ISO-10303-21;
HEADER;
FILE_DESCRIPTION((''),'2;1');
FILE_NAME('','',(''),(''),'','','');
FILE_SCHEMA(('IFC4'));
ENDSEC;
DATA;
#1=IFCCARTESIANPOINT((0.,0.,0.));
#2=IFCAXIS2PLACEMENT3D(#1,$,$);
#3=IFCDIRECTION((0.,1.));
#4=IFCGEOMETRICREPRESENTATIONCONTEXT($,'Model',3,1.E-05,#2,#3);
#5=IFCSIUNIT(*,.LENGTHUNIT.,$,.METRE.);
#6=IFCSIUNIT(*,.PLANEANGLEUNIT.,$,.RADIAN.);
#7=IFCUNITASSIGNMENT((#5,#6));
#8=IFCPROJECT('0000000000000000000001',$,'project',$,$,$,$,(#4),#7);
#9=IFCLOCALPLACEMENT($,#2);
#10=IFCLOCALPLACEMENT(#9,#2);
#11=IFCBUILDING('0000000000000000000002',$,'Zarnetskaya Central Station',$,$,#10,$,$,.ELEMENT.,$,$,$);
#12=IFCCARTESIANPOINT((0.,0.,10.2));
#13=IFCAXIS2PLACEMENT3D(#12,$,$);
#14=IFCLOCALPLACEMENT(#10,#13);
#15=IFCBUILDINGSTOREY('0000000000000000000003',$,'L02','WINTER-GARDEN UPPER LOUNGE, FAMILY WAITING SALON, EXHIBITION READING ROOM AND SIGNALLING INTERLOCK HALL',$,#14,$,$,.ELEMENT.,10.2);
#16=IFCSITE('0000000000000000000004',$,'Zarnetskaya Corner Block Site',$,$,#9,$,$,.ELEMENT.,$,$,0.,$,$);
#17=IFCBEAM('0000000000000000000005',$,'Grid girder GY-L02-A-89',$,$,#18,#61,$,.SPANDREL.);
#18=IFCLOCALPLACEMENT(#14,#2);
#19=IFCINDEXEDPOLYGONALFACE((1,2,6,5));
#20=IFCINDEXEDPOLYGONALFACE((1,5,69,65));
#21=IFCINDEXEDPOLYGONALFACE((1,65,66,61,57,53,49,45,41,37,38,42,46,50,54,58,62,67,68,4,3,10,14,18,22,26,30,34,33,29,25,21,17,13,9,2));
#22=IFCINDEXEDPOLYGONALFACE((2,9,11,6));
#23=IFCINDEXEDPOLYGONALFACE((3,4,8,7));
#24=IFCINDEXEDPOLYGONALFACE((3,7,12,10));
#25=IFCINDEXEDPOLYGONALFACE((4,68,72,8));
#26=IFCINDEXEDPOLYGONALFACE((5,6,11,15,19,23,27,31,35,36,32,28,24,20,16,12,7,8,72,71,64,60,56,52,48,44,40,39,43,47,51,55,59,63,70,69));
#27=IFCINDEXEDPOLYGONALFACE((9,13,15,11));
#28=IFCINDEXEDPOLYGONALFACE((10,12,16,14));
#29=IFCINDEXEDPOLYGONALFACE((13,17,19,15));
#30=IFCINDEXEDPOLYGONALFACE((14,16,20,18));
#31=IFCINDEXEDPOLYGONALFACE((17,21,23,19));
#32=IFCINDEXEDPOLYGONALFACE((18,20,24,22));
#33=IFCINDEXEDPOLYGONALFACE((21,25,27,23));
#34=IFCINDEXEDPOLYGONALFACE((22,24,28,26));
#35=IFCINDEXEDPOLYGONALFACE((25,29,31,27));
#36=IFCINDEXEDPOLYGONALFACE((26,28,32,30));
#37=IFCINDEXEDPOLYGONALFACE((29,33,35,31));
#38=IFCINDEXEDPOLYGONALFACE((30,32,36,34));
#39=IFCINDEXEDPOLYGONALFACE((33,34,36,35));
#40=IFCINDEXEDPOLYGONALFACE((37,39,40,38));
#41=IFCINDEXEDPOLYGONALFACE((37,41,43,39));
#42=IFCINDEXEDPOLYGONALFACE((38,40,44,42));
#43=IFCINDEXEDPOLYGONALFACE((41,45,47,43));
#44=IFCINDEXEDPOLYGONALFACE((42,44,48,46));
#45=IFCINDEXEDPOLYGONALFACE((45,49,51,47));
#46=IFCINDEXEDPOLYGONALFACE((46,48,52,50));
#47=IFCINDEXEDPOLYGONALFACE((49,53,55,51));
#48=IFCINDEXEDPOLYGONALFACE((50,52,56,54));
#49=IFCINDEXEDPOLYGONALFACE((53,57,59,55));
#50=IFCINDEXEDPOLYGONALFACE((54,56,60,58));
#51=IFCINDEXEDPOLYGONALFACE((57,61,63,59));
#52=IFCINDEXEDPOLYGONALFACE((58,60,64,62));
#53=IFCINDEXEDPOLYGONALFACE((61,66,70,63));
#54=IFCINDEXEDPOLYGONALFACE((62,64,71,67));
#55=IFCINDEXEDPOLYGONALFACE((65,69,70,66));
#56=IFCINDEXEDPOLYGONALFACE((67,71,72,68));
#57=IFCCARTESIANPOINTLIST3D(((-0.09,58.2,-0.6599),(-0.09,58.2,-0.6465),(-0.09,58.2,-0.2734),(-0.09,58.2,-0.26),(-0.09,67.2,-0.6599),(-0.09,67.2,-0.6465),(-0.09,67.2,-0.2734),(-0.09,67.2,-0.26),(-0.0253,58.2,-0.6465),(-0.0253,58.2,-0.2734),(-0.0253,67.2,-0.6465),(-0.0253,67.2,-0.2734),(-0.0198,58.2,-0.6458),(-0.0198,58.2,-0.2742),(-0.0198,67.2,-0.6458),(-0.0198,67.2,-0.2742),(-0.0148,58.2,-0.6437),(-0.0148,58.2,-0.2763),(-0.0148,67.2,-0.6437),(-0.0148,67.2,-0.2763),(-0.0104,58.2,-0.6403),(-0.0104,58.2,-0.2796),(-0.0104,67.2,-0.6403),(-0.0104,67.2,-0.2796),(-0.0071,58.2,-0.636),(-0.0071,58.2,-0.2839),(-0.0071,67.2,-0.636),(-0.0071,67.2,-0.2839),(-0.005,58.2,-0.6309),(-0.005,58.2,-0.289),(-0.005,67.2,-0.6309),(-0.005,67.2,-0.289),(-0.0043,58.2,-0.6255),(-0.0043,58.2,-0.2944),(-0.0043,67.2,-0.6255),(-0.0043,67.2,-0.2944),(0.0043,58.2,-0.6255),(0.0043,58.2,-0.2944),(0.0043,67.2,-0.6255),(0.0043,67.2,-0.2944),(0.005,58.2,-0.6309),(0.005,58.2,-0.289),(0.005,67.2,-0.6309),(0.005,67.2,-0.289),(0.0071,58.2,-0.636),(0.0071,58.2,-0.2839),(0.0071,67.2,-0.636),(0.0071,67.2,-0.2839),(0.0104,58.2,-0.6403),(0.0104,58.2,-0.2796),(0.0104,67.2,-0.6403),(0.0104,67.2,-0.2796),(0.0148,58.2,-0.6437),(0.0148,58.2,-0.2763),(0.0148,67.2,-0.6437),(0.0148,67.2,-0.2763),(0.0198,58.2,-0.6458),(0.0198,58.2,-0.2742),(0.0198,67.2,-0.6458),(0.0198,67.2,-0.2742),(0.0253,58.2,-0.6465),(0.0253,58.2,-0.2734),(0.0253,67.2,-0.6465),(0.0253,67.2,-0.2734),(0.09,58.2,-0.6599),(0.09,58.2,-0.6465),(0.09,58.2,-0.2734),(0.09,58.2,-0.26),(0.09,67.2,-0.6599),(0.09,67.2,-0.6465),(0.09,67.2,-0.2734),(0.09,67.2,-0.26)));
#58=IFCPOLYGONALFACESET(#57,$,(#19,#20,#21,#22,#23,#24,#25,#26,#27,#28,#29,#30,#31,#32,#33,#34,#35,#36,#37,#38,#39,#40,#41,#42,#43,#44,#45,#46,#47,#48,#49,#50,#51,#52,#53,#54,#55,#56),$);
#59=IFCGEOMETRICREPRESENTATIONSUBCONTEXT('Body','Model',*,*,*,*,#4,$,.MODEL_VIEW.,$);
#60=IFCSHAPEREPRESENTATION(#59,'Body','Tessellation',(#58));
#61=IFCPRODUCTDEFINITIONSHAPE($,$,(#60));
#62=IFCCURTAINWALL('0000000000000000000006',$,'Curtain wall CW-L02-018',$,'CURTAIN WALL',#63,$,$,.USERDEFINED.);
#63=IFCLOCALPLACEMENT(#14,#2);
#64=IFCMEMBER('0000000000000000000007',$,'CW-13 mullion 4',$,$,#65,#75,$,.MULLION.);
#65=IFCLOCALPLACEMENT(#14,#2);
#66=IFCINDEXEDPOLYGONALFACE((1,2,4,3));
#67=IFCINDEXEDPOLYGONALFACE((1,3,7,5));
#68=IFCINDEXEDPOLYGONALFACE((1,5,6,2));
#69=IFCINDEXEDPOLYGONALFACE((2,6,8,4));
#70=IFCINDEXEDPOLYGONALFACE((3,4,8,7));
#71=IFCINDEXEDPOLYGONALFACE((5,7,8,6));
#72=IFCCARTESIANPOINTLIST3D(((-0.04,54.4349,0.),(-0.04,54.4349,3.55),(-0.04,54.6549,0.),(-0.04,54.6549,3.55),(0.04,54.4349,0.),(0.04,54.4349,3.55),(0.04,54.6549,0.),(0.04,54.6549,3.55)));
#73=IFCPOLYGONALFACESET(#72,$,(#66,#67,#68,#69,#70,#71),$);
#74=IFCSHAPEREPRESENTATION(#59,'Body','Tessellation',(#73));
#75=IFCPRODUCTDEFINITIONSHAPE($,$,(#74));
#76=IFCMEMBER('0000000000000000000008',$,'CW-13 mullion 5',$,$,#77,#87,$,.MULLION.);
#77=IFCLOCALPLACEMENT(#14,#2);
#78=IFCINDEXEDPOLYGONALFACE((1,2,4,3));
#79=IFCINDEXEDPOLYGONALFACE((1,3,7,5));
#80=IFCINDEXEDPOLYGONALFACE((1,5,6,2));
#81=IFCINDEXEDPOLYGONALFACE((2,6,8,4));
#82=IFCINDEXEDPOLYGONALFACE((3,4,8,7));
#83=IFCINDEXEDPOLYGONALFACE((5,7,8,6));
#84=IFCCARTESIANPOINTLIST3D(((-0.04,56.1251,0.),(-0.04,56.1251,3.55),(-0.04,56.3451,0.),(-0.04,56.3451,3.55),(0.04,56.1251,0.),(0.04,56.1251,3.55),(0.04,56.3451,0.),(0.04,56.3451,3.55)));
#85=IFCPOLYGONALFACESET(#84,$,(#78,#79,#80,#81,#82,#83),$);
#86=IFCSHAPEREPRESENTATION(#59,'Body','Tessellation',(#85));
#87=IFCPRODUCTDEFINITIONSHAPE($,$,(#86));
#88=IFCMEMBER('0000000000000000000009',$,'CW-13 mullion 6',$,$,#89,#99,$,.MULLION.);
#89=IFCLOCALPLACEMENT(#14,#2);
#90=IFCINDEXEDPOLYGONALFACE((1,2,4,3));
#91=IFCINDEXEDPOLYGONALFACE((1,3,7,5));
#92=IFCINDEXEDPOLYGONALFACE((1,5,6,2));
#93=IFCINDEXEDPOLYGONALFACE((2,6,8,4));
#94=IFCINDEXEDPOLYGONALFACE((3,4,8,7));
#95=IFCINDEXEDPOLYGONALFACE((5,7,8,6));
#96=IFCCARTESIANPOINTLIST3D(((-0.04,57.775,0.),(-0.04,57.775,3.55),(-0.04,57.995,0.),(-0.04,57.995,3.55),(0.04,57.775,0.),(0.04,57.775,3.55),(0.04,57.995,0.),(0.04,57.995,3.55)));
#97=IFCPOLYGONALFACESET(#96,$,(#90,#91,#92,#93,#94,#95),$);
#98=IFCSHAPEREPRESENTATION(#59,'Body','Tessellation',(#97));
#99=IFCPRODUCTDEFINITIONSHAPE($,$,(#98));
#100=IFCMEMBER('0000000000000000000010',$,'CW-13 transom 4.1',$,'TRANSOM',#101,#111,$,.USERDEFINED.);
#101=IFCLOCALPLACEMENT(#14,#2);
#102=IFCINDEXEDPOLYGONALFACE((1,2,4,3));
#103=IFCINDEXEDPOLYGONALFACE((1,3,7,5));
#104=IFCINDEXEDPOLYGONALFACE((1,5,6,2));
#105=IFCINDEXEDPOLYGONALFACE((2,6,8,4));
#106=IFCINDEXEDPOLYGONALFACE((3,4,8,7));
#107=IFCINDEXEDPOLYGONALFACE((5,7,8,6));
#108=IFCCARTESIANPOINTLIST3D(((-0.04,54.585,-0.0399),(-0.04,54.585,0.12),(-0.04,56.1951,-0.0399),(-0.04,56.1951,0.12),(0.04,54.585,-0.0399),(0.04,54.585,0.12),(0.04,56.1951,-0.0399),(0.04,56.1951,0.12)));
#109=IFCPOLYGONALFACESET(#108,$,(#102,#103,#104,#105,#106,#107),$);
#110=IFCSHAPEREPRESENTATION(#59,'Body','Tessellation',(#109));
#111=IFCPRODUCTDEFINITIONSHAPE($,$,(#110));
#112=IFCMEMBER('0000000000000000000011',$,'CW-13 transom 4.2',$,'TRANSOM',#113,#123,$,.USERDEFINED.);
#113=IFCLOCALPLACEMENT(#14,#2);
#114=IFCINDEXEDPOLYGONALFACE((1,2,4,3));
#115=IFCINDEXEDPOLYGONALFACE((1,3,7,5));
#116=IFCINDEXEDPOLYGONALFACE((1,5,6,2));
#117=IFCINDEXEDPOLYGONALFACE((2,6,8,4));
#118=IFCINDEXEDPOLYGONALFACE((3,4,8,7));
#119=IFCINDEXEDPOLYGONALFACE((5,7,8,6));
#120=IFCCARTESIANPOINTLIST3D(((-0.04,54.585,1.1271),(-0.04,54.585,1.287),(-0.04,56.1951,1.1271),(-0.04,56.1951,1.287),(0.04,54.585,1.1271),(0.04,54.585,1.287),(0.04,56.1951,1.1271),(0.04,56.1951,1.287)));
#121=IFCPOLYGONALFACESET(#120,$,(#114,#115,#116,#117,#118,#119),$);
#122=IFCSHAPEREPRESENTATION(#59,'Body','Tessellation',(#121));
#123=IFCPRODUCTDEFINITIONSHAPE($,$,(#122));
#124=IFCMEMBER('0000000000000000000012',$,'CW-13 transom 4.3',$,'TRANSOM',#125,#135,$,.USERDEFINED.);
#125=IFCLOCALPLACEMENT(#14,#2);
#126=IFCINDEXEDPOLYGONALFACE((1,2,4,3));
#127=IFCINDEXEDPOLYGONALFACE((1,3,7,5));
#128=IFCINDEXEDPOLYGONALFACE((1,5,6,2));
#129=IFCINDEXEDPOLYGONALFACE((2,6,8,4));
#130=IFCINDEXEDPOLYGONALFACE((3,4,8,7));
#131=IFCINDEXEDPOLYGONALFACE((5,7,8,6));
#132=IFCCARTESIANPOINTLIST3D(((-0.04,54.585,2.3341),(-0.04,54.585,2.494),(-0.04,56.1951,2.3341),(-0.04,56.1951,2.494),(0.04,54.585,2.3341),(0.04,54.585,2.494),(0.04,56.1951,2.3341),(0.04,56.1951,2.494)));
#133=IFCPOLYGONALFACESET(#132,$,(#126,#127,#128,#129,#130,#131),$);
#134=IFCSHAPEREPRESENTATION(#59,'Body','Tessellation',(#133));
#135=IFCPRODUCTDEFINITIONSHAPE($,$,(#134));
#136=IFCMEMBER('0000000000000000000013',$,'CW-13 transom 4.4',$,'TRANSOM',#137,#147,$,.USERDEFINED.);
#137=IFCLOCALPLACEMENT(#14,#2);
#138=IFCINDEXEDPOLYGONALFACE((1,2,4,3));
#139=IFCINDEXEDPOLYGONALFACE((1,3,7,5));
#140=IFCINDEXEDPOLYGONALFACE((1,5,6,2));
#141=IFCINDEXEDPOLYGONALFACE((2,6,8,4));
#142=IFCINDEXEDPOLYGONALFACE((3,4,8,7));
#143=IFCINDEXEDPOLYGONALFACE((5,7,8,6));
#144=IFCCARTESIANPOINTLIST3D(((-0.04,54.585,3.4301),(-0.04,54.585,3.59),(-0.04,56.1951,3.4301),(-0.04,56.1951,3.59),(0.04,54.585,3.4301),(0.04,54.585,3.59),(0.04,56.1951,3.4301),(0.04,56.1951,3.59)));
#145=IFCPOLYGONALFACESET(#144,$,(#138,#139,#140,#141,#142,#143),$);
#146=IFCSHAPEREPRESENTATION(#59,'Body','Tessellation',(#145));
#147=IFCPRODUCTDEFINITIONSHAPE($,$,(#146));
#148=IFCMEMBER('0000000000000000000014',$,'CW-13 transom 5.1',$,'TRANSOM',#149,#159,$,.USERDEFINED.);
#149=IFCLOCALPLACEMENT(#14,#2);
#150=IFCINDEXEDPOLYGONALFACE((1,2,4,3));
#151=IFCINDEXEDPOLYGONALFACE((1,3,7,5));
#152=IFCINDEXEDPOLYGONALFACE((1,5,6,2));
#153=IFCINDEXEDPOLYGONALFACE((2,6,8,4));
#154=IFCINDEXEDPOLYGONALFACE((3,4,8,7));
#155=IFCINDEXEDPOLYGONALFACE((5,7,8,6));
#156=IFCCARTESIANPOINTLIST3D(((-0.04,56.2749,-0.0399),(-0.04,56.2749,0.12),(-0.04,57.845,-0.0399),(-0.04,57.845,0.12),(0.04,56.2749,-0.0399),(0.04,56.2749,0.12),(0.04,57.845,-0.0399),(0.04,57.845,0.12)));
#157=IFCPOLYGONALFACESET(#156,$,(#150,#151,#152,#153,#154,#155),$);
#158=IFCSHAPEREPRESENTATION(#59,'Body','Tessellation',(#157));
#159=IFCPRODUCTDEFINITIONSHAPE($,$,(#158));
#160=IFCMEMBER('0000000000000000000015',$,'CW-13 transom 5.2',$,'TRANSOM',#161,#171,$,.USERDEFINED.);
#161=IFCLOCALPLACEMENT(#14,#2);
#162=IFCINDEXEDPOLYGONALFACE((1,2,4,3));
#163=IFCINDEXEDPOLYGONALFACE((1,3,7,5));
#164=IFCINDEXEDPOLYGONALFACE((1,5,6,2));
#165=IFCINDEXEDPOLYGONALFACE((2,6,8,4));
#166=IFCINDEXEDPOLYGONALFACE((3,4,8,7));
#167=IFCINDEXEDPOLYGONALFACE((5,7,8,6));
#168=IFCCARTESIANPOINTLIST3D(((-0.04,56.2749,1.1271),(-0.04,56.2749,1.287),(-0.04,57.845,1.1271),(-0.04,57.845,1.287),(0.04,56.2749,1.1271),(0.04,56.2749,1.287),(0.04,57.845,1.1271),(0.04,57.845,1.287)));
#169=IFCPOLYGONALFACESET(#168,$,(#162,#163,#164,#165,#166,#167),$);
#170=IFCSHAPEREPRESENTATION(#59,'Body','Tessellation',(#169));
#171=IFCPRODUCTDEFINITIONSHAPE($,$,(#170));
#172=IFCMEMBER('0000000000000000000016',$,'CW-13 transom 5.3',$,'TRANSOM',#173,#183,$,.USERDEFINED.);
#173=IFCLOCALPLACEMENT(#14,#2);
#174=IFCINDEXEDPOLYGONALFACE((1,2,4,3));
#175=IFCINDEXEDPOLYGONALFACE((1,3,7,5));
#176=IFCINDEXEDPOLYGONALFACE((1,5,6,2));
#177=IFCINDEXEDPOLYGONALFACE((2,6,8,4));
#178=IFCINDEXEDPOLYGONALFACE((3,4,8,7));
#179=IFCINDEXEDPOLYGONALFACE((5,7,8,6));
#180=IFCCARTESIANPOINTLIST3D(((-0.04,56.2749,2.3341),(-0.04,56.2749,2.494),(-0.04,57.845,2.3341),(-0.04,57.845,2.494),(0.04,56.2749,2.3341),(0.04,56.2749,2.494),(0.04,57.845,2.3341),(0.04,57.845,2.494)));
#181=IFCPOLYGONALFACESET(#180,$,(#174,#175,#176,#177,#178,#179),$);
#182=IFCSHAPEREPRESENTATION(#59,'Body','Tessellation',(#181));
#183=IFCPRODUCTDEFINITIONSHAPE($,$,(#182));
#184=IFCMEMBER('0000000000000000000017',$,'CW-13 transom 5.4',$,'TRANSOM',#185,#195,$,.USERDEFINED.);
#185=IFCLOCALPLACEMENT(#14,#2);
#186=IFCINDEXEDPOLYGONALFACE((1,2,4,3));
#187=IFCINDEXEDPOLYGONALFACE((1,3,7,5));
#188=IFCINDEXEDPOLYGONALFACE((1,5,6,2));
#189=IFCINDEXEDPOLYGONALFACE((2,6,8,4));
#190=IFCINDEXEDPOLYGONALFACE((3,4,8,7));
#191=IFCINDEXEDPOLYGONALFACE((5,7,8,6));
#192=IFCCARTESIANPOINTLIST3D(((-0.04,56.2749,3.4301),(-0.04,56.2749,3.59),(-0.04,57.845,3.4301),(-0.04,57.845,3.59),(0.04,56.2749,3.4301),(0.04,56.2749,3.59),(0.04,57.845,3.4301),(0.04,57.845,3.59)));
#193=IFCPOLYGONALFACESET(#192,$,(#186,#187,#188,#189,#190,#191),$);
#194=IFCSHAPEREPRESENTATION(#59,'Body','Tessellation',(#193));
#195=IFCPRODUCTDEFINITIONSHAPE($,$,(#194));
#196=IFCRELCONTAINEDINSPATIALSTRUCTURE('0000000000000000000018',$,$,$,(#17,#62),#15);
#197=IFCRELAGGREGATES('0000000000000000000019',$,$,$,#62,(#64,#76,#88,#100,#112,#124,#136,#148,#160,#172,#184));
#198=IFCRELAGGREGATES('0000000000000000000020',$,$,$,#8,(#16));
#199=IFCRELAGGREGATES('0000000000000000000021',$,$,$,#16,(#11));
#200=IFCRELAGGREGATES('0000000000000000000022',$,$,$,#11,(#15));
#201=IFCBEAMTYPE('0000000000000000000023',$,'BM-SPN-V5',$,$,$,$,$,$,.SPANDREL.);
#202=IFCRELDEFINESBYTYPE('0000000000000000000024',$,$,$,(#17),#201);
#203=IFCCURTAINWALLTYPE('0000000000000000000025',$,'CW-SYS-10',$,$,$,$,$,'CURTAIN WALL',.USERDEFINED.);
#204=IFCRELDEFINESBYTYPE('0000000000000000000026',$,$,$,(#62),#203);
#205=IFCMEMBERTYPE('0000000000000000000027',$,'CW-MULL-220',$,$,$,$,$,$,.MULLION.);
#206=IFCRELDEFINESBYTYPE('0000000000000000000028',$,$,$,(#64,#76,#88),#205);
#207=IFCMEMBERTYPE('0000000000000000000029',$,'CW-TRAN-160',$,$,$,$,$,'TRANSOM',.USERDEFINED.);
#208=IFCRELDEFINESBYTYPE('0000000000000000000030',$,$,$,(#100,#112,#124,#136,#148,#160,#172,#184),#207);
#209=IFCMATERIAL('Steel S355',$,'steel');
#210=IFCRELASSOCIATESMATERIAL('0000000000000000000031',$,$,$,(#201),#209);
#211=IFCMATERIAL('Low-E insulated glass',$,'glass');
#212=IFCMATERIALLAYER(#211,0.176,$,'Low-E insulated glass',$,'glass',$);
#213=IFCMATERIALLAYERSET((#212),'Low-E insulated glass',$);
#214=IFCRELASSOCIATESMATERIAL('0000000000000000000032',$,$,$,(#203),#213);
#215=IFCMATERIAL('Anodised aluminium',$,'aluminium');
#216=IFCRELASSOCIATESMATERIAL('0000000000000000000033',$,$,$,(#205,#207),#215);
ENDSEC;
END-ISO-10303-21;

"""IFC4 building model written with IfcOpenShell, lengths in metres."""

from ifc_helpers import new_model, si_unit, direction, frame, origin, origin_2d, place, context, subcontext, project, spatial, rectangle, i_section, extrude, material, layer, layer_set, material_profile, profile_set, type_object, element, aggregate, save


model = new_model("IFC4")

# Units and contexts
model_context = context("Model", 3, precision=1e-05, world=origin(), true_north=direction((0.0, 1.0)))
body_context = subcontext(model_context, "Body", "Model", "MODEL_VIEW")
ifc_project = project(units=[si_unit("LENGTHUNIT", "METRE"), si_unit("PLANEANGLEUNIT", "RADIAN")], contexts=[model_context])

# Site, building, storey
site_placement = place(None, origin())
site = spatial("IfcSite", under=ifc_project, at=site_placement, Name="Zarnetskaya Corner Block Site", CompositionType="ELEMENT", RefElevation=0.0)
building_placement = place(site_placement, origin())
building = spatial("IfcBuilding", under=site, at=building_placement, Name="Zarnetskaya Central Station", CompositionType="ELEMENT")
storey_placement = place(building_placement, frame((0.0, 0.0, 10.2)))
storey = spatial("IfcBuildingStorey", under=building, at=storey_placement, Name="L02", Description="WINTER-GARDEN UPPER LOUNGE, FAMILY WAITING SALON, EXHIBITION READING ROOM AND SIGNALLING INTERLOCK HALL", CompositionType="ELEMENT", Elevation=10.2)

# Shared definitions
ifc_material_1 = material(Name="Steel S355", Category="steel")

# Beam
ifc_material_profile_1 = material_profile(ifc_material_1, i_section(OverallWidth=0.1799, OverallDepth=0.3999, WebThickness=0.0085, FlangeThickness=0.0134, FilletRadius=0.021, at=origin_2d()), Name="IPE 400")
ifc_profile_set_1 = profile_set([ifc_material_profile_1], Name="Steel S355")
beam_type_1 = type_object("IfcBeamType", Name="BM-SPN-V5", PredefinedType="SPANDREL", material=ifc_profile_set_1)
beam_1_placement = place(storey_placement, frame((0.0, 58.2, -0.46), z_axis=(0.0, 1.0, 0.0), x_axis=(-1.0, 0.0, 0.0)))
element("IfcBeam", 1, at=beam_1_placement, inside=storey, type_object=beam_type_1, Name="Grid girder GY-L02-A-89", PredefinedType="SPANDREL", context=body_context, shape_type="SweptSolid", body=[
    extrude(i_section(OverallWidth=0.1799, OverallDepth=0.3999, WebThickness=0.0085, FlangeThickness=0.0134, FilletRadius=0.021, at=origin_2d()), origin(), (0.0, 0.0, 1.0), 9.0),
])

# Curtain wall, members
ifc_material_2 = material(Name="Low-E insulated glass", Category="glass")
ifc_layer_1 = layer(ifc_material_2, 0.176, Name="Low-E insulated glass", Category="glass")
ifc_layer_set_1 = layer_set([ifc_layer_1], Name="Low-E insulated glass")
curtain_wall_type = type_object("IfcCurtainWallType", Name="CW-SYS-10", ElementType="CURTAIN WALL", PredefinedType="USERDEFINED", material=ifc_layer_set_1)
curtain_wall_placement = place(storey_placement, origin())
curtain_wall = element("IfcCurtainWall", 2, at=curtain_wall_placement, inside=storey, type_object=curtain_wall_type, Name="Curtain wall CW-L02-018", ObjectType="CURTAIN WALL", PredefinedType="USERDEFINED")
ifc_material_3 = material(Name="Anodised aluminium", Category="aluminium")
ifc_material_profile_2 = material_profile(ifc_material_3, rectangle(XDim=0.0801, YDim=0.22, at=origin_2d()), Name="ALU MULL 80x220")
ifc_profile_set_2 = profile_set([ifc_material_profile_2], Name="Anodised aluminium")
member_type_1 = type_object("IfcMemberType", Name="CW-MULL-220", PredefinedType="MULLION", material=ifc_profile_set_2)
member_1_placement = place(storey_placement, frame((0.0, 54.5449, 0.0), z_axis=(0.0, 0.0, 1.0), x_axis=(-1.0, 0.0, 0.0)))
member_1 = element("IfcMember", 3, at=member_1_placement, type_object=member_type_1, Name="CW-13 mullion 4", PredefinedType="MULLION", context=body_context, shape_type="SweptSolid", body=[
    extrude(rectangle(XDim=0.0801, YDim=0.22, at=origin_2d()), origin(), (0.0, 0.0, 1.0), 3.55),
])
member_2_placement = place(storey_placement, frame((0.0, 56.2351, 0.0), z_axis=(0.0, 0.0, 1.0), x_axis=(-1.0, 0.0, 0.0)))
member_2 = element("IfcMember", 4, at=member_2_placement, type_object=member_type_1, Name="CW-13 mullion 5", PredefinedType="MULLION", context=body_context, shape_type="SweptSolid", body=[
    extrude(rectangle(XDim=0.0801, YDim=0.22, at=origin_2d()), origin(), (0.0, 0.0, 1.0), 3.55),
])
member_3_placement = place(storey_placement, frame((0.0, 57.885, 0.0), z_axis=(0.0, 0.0, 1.0), x_axis=(-1.0, 0.0, 0.0)))
member_3 = element("IfcMember", 5, at=member_3_placement, type_object=member_type_1, Name="CW-13 mullion 6", PredefinedType="MULLION", context=body_context, shape_type="SweptSolid", body=[
    extrude(rectangle(XDim=0.0801, YDim=0.22, at=origin_2d()), origin(), (0.0, 0.0, 1.0), 3.55),
])
ifc_material_profile_3 = material_profile(ifc_material_3, rectangle(XDim=0.0801, YDim=0.1599, at=origin_2d()), Name="ALU TRAN 80x160")
ifc_profile_set_3 = profile_set([ifc_material_profile_3], Name="Anodised aluminium")
member_type_2 = type_object("IfcMemberType", Name="CW-TRAN-160", ElementType="TRANSOM", PredefinedType="USERDEFINED", material=ifc_profile_set_3)
member_4_placement = place(storey_placement, frame((0.0, 54.585, 0.04), z_axis=(0.0, 1.0, 0.0), x_axis=(-1.0, 0.0, 0.0)))
member_4 = element("IfcMember", 6, at=member_4_placement, type_object=member_type_2, Name="CW-13 transom 4.1", ObjectType="TRANSOM", PredefinedType="USERDEFINED", context=body_context, shape_type="SweptSolid", body=[
    extrude(rectangle(XDim=0.0801, YDim=0.1599, at=origin_2d()), origin(), (0.0, 0.0, 1.0), 1.6101),
])
member_5_placement = place(storey_placement, frame((0.0, 54.585, 1.207), z_axis=(0.0, 1.0, 0.0), x_axis=(-1.0, 0.0, 0.0)))
member_5 = element("IfcMember", 7, at=member_5_placement, type_object=member_type_2, Name="CW-13 transom 4.2", ObjectType="TRANSOM", PredefinedType="USERDEFINED", context=body_context, shape_type="SweptSolid", body=[
    extrude(rectangle(XDim=0.0801, YDim=0.1599, at=origin_2d()), origin(), (0.0, 0.0, 1.0), 1.6101),
])
member_6_placement = place(storey_placement, frame((0.0, 54.585, 2.4141), z_axis=(0.0, 1.0, 0.0), x_axis=(-1.0, 0.0, 0.0)))
member_6 = element("IfcMember", 8, at=member_6_placement, type_object=member_type_2, Name="CW-13 transom 4.3", ObjectType="TRANSOM", PredefinedType="USERDEFINED", context=body_context, shape_type="SweptSolid", body=[
    extrude(rectangle(XDim=0.0801, YDim=0.1599, at=origin_2d()), origin(), (0.0, 0.0, 1.0), 1.6101),
])
member_7_placement = place(storey_placement, frame((0.0, 54.585, 3.51), z_axis=(0.0, 1.0, 0.0), x_axis=(-1.0, 0.0, 0.0)))
member_7 = element("IfcMember", 9, at=member_7_placement, type_object=member_type_2, Name="CW-13 transom 4.4", ObjectType="TRANSOM", PredefinedType="USERDEFINED", context=body_context, shape_type="SweptSolid", body=[
    extrude(rectangle(XDim=0.0801, YDim=0.1599, at=origin_2d()), origin(), (0.0, 0.0, 1.0), 1.6101),
])
member_8_placement = place(storey_placement, frame((0.0, 56.2749, 0.04), z_axis=(0.0, 1.0, 0.0), x_axis=(-1.0, 0.0, 0.0)))
member_8 = element("IfcMember", 10, at=member_8_placement, type_object=member_type_2, Name="CW-13 transom 5.1", ObjectType="TRANSOM", PredefinedType="USERDEFINED", context=body_context, shape_type="SweptSolid", body=[
    extrude(rectangle(XDim=0.0801, YDim=0.1599, at=origin_2d()), origin(), (0.0, 0.0, 1.0), 1.5701),
])
member_9_placement = place(storey_placement, frame((0.0, 56.2749, 1.207), z_axis=(0.0, 1.0, 0.0), x_axis=(-1.0, 0.0, 0.0)))
member_9 = element("IfcMember", 11, at=member_9_placement, type_object=member_type_2, Name="CW-13 transom 5.2", ObjectType="TRANSOM", PredefinedType="USERDEFINED", context=body_context, shape_type="SweptSolid", body=[
    extrude(rectangle(XDim=0.0801, YDim=0.1599, at=origin_2d()), origin(), (0.0, 0.0, 1.0), 1.5701),
])
member_10_placement = place(storey_placement, frame((0.0, 56.2749, 2.4141), z_axis=(0.0, 1.0, 0.0), x_axis=(-1.0, 0.0, 0.0)))
member_10 = element("IfcMember", 12, at=member_10_placement, type_object=member_type_2, Name="CW-13 transom 5.3", ObjectType="TRANSOM", PredefinedType="USERDEFINED", context=body_context, shape_type="SweptSolid", body=[
    extrude(rectangle(XDim=0.0801, YDim=0.1599, at=origin_2d()), origin(), (0.0, 0.0, 1.0), 1.5701),
])
member_11_placement = place(storey_placement, frame((0.0, 56.2749, 3.51), z_axis=(0.0, 1.0, 0.0), x_axis=(-1.0, 0.0, 0.0)))
member_11 = element("IfcMember", 13, at=member_11_placement, type_object=member_type_2, Name="CW-13 transom 5.4", ObjectType="TRANSOM", PredefinedType="USERDEFINED", context=body_context, shape_type="SweptSolid", body=[
    extrude(rectangle(XDim=0.0801, YDim=0.1599, at=origin_2d()), origin(), (0.0, 0.0, 1.0), 1.5701),
])

aggregate(curtain_wall, [member_1, member_2, member_3, member_4, member_5, member_6, member_7, member_8, member_9, member_10, member_11])

save(model, "model.ifc")
